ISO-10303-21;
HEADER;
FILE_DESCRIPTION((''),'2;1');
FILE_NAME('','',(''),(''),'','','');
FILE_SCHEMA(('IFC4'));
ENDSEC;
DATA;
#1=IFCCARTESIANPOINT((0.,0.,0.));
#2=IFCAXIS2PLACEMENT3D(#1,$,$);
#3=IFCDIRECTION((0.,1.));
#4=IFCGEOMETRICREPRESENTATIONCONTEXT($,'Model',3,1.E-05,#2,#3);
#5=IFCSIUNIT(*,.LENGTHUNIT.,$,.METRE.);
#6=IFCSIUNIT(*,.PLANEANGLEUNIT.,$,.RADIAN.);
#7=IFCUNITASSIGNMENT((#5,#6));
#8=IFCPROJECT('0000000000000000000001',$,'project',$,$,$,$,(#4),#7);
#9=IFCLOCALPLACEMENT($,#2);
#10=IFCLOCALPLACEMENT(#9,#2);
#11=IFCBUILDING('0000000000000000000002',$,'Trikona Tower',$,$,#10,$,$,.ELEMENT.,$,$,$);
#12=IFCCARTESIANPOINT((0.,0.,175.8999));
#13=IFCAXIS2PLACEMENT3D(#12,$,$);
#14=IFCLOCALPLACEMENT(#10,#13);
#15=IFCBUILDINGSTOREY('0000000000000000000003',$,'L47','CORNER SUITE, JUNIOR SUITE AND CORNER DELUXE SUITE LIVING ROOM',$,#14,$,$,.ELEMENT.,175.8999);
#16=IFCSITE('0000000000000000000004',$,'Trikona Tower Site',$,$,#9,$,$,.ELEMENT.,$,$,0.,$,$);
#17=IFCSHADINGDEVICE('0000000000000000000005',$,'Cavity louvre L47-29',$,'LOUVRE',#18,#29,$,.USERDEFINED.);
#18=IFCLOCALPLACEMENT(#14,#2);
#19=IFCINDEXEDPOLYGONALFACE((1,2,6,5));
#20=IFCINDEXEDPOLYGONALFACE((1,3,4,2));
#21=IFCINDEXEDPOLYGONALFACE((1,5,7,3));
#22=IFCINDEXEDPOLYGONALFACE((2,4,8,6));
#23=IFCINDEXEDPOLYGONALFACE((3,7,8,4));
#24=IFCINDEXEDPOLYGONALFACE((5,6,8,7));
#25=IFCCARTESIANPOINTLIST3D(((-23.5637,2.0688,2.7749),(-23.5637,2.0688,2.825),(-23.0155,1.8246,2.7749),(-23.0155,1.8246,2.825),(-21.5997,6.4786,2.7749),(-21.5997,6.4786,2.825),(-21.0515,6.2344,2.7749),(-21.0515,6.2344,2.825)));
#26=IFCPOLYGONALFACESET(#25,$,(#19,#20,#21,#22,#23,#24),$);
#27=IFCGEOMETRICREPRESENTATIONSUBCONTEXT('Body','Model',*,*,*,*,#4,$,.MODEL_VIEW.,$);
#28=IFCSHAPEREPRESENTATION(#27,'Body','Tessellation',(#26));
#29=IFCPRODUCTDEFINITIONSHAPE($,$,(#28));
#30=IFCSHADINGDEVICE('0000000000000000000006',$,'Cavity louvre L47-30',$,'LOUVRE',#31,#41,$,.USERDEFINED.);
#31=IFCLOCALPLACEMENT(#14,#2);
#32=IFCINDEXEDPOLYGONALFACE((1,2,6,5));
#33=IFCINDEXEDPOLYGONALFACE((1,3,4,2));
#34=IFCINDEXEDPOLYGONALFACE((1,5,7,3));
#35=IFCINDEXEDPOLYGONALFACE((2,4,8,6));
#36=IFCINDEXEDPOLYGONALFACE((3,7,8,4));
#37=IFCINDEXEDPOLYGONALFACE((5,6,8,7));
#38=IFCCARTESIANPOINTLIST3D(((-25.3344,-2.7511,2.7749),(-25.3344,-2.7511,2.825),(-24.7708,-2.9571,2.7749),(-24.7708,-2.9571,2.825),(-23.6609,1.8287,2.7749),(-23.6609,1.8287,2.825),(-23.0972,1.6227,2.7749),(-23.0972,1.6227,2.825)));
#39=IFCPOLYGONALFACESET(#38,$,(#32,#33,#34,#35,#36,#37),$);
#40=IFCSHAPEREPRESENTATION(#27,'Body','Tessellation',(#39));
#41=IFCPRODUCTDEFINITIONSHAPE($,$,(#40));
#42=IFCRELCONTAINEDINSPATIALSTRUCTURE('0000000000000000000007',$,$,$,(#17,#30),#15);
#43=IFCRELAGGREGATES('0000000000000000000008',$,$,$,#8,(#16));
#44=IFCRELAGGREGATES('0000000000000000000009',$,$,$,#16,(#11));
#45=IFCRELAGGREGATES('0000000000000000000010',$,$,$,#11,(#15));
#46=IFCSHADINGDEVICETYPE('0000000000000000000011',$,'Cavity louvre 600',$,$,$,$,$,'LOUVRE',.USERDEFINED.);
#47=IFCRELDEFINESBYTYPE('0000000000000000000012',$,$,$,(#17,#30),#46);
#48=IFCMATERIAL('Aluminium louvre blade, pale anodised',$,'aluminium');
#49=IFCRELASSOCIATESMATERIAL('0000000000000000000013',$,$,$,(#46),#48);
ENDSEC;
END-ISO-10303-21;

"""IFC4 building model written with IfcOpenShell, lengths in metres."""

from ifc_helpers import new_model, si_unit, direction, frame, origin, origin_2d, place, context, subcontext, project, spatial, rectangle, extrude, material, type_object, element, save


model = new_model("IFC4")

# Units and contexts
model_context = context("Model", 3, precision=1e-05, world=origin(), true_north=direction((0.0, 1.0)))
body_context = subcontext(model_context, "Body", "Model", "MODEL_VIEW")
ifc_project = project(units=[si_unit("LENGTHUNIT", "METRE"), si_unit("PLANEANGLEUNIT", "RADIAN")], contexts=[model_context])

# Site, building, storey
site_placement = place(None, origin())
site = spatial("IfcSite", under=ifc_project, at=site_placement, Name="Trikona Tower Site", CompositionType="ELEMENT", RefElevation=0.0)
building_placement = place(site_placement, origin())
building = spatial("IfcBuilding", under=site, at=building_placement, Name="Trikona Tower", CompositionType="ELEMENT")
storey_placement = place(building_placement, frame((0.0, 0.0, 175.8999)))
storey = spatial("IfcBuildingStorey", under=building, at=storey_placement, Name="L47", Description="CORNER SUITE, JUNIOR SUITE AND CORNER DELUXE SUITE LIVING ROOM", CompositionType="ELEMENT", Elevation=175.8999)

# Shading devices
ifc_material_1 = material(Name="Aluminium louvre blade, pale anodised", Category="aluminium")
shading_device_type = type_object("IfcShadingDeviceType", Name="Cavity louvre 600", ElementType="LOUVRE", PredefinedType="USERDEFINED", material=ifc_material_1)
shading_device_1_placement = place(storey_placement, frame((-22.3076, 4.1516, 2.7749), z_axis=(0.0, 0.0, 1.0), x_axis=(-0.406843, -0.913498, 0.0)))
element("IfcShadingDevice", 1, at=shading_device_1_placement, inside=storey, type_object=shading_device_type, Name="Cavity louvre L47-29", ObjectType="LOUVRE", PredefinedType="USERDEFINED", context=body_context, shape_type="SweptSolid", body=[
    extrude(rectangle(XDim=4.8274, YDim=0.6001, at=origin_2d()), origin(), (0.0, 0.0, 1.0), 0.05),
])
shading_device_2_placement = place(storey_placement, frame((-24.2158, -0.5642, 2.7749), z_axis=(0.0, 0.0, 1.0), x_axis=(-0.34322, -0.939255, 0.0)))
element("IfcShadingDevice", 2, at=shading_device_2_placement, inside=storey, type_object=shading_device_type, Name="Cavity louvre L47-30", ObjectType="LOUVRE", PredefinedType="USERDEFINED", context=body_context, shape_type="SweptSolid", body=[
    extrude(rectangle(XDim=4.876, YDim=0.6001, at=origin_2d()), origin(), (0.0, 0.0, 1.0), 0.05),
])

save(model, "model.ifc")
